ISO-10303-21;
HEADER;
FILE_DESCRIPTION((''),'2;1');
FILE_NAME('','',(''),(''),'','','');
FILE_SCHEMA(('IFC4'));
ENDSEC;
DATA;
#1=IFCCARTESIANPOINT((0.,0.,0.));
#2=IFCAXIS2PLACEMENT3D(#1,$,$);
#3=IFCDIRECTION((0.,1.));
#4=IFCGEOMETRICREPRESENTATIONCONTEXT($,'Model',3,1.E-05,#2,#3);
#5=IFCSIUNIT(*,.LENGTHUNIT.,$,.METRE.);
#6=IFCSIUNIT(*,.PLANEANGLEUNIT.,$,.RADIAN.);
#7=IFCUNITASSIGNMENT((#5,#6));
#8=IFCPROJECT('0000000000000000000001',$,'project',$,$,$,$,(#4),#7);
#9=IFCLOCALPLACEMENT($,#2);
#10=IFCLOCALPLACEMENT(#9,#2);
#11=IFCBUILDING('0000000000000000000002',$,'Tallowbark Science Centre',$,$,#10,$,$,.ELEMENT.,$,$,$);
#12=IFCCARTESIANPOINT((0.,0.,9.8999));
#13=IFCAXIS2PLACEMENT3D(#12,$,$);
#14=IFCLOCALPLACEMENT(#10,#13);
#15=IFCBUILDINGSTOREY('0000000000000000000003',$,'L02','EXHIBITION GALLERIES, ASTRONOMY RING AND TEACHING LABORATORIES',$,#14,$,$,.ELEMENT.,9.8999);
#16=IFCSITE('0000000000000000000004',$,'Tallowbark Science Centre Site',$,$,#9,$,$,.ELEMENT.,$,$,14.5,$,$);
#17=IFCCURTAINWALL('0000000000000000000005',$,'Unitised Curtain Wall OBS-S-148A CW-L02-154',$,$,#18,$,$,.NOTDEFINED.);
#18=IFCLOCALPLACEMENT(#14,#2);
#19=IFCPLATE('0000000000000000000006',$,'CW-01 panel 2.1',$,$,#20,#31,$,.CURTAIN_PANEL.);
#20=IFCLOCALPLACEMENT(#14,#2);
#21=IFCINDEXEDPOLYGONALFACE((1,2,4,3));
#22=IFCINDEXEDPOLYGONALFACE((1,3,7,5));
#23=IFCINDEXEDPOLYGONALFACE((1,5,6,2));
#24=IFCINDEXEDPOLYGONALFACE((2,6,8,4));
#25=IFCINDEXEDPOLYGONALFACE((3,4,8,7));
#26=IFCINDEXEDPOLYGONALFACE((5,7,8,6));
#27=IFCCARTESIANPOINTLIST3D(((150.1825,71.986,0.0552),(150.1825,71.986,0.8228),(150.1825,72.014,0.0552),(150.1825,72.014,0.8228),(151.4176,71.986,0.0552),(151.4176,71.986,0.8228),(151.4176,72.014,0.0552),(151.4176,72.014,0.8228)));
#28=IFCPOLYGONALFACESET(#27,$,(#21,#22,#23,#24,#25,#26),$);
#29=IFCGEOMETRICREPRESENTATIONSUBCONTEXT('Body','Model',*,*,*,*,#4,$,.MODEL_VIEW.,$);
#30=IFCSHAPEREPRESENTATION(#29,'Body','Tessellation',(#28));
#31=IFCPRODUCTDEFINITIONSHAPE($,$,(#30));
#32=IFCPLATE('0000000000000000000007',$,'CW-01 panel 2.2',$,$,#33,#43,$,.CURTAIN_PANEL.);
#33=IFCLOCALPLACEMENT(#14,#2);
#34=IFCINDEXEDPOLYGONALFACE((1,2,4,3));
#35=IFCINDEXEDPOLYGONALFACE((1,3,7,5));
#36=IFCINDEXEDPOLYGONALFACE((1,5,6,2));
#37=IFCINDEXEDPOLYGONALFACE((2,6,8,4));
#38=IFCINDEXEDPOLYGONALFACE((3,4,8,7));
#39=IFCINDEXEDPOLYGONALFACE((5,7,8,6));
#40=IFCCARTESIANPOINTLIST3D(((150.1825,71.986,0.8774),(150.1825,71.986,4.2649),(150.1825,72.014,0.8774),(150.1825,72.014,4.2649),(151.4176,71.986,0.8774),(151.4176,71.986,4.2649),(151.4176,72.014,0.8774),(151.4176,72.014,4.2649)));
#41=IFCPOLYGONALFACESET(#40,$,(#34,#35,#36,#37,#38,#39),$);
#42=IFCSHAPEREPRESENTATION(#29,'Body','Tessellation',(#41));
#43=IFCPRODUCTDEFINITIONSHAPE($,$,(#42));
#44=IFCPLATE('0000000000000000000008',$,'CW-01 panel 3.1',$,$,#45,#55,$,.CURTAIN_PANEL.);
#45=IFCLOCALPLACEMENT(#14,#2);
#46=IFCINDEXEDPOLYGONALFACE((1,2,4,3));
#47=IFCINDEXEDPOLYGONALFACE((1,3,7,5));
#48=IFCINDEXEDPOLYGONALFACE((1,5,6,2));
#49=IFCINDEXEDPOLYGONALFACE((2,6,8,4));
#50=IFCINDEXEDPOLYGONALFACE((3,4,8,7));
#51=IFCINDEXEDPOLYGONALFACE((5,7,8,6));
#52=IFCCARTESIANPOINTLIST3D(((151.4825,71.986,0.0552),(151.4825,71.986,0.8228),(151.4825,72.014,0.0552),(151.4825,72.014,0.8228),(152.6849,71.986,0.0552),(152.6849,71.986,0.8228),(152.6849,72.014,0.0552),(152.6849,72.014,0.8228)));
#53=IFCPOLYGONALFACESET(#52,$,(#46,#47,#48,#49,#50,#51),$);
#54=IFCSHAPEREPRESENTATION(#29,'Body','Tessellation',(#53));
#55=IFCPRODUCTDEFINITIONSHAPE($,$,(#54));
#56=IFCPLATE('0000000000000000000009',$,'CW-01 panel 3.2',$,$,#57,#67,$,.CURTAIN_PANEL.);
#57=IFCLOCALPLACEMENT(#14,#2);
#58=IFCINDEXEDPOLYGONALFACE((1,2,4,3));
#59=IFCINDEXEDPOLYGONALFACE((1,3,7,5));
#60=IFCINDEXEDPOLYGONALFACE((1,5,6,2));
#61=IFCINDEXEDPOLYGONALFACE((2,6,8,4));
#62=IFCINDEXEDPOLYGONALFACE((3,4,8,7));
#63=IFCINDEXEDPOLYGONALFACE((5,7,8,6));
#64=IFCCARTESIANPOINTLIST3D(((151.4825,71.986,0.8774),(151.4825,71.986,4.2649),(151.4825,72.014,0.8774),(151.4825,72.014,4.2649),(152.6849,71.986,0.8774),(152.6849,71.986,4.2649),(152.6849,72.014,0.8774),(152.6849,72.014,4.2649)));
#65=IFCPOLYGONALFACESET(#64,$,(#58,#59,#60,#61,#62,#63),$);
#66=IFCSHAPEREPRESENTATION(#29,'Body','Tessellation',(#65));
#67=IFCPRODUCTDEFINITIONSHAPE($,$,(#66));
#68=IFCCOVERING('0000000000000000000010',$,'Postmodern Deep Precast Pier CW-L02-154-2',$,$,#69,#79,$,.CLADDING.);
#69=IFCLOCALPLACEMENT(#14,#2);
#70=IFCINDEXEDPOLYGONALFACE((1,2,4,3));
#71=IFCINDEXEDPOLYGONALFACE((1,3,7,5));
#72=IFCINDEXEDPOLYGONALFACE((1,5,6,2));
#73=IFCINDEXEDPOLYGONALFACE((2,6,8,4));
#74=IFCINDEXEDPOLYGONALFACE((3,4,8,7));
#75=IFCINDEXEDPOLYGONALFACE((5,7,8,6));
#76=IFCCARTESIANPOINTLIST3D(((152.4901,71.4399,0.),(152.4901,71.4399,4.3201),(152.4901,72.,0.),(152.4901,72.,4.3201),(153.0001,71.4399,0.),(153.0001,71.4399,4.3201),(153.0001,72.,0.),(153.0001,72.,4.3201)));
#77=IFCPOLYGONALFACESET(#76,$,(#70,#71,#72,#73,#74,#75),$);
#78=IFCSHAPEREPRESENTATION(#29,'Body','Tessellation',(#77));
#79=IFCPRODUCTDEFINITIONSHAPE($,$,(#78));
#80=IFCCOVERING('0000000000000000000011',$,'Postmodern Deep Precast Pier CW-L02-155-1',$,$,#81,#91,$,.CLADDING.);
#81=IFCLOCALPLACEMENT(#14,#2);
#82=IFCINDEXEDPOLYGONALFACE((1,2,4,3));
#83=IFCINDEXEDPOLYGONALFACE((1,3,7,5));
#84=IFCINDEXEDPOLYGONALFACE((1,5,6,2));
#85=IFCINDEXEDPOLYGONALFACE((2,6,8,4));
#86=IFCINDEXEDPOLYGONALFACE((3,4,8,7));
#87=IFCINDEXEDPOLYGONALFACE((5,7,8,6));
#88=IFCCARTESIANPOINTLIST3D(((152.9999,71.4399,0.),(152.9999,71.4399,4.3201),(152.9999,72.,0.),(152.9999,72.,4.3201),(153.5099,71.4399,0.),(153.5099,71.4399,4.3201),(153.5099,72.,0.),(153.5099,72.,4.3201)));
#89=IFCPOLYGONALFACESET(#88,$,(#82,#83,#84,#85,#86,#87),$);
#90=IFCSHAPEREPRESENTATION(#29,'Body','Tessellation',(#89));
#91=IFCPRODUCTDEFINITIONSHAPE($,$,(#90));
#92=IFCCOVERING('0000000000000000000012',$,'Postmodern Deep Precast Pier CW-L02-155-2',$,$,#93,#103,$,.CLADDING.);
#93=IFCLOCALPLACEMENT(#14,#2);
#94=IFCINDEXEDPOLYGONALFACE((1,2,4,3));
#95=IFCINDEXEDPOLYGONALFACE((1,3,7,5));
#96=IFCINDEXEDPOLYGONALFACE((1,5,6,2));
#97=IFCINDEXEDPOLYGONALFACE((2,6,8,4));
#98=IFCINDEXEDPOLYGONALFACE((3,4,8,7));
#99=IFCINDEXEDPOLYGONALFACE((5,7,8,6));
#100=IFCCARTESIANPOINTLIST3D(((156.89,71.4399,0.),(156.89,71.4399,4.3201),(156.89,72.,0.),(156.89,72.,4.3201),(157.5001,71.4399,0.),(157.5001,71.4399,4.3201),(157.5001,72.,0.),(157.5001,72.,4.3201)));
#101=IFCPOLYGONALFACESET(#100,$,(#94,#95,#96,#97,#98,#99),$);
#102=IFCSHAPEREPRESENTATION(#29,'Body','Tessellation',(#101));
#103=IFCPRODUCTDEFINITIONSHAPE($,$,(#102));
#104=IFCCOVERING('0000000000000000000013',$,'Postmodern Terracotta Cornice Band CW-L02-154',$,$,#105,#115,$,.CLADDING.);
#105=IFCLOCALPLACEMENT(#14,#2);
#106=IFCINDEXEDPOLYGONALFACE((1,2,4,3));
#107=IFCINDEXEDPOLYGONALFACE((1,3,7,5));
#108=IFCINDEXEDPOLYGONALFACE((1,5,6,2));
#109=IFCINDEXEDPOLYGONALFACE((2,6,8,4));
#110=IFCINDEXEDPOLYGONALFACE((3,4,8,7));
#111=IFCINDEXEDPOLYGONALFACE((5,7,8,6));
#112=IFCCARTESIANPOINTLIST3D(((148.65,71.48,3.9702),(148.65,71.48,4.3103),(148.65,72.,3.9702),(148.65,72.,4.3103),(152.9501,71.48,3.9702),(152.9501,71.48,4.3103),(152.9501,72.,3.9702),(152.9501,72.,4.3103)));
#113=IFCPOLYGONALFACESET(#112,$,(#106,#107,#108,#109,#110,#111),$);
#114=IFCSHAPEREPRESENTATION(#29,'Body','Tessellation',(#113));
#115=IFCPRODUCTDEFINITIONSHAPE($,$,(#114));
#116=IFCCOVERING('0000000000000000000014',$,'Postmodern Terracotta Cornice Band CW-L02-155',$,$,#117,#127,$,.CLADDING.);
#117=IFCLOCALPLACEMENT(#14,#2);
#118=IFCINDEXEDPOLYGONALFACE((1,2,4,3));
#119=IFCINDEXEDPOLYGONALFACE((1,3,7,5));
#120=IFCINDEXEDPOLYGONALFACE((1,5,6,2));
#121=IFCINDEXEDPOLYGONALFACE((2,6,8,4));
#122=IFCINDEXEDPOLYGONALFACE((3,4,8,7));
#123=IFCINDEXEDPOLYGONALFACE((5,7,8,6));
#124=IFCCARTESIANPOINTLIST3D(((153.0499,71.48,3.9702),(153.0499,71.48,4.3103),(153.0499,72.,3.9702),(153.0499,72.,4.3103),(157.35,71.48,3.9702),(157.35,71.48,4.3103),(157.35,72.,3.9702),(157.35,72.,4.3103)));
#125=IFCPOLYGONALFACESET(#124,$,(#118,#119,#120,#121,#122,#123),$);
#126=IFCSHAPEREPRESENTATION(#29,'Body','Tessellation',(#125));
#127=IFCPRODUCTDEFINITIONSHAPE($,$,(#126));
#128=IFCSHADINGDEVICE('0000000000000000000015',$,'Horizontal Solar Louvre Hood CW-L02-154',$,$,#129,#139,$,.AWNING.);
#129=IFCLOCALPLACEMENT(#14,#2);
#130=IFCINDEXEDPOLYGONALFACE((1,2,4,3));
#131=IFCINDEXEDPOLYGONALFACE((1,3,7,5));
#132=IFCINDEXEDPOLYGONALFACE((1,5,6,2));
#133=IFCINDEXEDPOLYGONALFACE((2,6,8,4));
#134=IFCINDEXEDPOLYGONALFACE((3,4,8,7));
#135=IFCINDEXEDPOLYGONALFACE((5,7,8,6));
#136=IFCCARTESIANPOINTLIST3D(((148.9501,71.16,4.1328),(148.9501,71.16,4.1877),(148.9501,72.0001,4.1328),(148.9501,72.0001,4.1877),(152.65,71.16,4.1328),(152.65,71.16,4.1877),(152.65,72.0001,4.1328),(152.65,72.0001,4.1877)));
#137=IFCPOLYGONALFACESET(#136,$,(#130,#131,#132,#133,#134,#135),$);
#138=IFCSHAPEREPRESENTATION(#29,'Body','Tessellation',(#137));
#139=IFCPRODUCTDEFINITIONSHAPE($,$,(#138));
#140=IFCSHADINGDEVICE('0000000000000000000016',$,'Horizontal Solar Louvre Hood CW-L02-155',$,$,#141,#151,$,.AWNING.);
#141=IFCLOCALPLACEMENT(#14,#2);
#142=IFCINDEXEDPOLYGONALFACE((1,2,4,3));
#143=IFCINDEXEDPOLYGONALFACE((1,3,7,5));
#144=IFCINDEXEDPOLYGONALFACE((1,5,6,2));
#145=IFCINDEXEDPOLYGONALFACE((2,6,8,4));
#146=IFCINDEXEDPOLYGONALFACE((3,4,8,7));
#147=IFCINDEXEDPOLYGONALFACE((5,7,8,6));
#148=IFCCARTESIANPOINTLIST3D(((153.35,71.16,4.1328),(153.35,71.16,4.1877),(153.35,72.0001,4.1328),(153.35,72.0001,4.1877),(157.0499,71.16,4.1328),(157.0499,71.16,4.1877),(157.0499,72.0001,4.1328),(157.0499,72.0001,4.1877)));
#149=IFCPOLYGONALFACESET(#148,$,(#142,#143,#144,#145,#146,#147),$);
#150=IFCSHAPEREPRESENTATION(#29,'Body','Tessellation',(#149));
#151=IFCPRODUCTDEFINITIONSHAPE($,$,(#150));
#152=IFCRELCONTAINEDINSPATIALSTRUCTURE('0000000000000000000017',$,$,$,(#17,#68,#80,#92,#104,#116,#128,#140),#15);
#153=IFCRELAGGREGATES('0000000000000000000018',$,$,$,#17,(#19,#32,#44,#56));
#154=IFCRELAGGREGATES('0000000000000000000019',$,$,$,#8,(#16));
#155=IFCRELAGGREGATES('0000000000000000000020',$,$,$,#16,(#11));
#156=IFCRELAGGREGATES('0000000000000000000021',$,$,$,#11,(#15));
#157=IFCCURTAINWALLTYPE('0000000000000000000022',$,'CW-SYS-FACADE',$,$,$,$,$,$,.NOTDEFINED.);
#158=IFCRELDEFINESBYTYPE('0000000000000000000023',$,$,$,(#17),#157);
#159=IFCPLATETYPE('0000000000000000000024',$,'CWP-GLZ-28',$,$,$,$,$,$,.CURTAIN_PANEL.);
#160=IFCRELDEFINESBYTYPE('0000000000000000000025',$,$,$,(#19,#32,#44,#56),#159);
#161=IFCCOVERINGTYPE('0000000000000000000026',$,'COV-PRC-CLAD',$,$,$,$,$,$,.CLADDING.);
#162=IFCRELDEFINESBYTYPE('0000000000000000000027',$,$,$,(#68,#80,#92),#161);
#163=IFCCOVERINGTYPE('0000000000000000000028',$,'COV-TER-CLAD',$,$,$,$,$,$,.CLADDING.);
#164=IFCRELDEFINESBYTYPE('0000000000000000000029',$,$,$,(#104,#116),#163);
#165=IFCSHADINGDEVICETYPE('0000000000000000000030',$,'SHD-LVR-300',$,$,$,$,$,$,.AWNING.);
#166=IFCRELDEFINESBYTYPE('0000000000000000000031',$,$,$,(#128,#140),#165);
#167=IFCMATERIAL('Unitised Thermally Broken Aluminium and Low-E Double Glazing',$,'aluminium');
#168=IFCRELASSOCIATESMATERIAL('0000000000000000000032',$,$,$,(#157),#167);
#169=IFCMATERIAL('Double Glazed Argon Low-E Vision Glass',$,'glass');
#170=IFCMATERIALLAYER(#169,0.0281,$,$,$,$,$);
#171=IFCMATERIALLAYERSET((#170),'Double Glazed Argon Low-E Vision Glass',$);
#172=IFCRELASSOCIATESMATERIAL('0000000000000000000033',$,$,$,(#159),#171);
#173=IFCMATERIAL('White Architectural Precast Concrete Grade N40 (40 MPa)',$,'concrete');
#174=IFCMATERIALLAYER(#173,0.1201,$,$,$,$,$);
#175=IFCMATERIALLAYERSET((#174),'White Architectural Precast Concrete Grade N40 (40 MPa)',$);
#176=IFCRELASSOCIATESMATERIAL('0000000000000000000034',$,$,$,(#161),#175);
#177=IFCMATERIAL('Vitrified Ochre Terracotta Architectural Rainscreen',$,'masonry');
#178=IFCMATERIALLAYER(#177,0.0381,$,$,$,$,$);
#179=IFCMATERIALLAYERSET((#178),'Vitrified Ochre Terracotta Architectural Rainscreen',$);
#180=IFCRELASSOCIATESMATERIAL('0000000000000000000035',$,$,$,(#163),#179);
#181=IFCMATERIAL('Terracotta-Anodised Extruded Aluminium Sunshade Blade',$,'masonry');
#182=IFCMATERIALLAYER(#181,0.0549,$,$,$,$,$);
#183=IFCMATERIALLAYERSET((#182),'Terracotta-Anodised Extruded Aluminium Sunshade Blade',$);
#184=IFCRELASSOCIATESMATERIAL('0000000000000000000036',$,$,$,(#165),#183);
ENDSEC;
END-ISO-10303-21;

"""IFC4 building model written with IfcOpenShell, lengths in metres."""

from ifc_helpers import new_model, si_unit, direction, frame, origin, origin_2d, place, context, subcontext, project, spatial, rectangle, extrude, material, layer, layer_set, type_object, element, aggregate, save


model = new_model("IFC4")

# Units and contexts
model_context = context("Model", 3, precision=1e-05, world=origin(), true_north=direction((0.0, 1.0)))
body_context = subcontext(model_context, "Body", "Model", "MODEL_VIEW")
ifc_project = project(units=[si_unit("LENGTHUNIT", "METRE"), si_unit("PLANEANGLEUNIT", "RADIAN")], contexts=[model_context])

# Site, building, storey
site_placement = place(None, origin())
site = spatial("IfcSite", under=ifc_project, at=site_placement, Name="Tallowbark Science Centre Site", CompositionType="ELEMENT", RefElevation=14.5)
building_placement = place(site_placement, origin())
building = spatial("IfcBuilding", under=site, at=building_placement, Name="Tallowbark Science Centre", CompositionType="ELEMENT")
storey_placement = place(building_placement, frame((0.0, 0.0, 9.8999)))
storey = spatial("IfcBuildingStorey", under=building, at=storey_placement, Name="L02", Description="EXHIBITION GALLERIES, ASTRONOMY RING AND TEACHING LABORATORIES", CompositionType="ELEMENT", Elevation=9.8999)

# Curtain wall, plates
ifc_material_1 = material(Name="Unitised Thermally Broken Aluminium and Low-E Double Glazing", Category="aluminium")
curtain_wall_type = type_object("IfcCurtainWallType", Name="CW-SYS-FACADE", PredefinedType="NOTDEFINED", material=ifc_material_1)
curtain_wall_placement = place(storey_placement, origin())
curtain_wall = element("IfcCurtainWall", 1, at=curtain_wall_placement, inside=storey, type_object=curtain_wall_type, Name="Unitised Curtain Wall OBS-S-148A CW-L02-154", PredefinedType="NOTDEFINED")
ifc_material_2 = material(Name="Double Glazed Argon Low-E Vision Glass", Category="glass")
ifc_layer_1 = layer(ifc_material_2, 0.0281)
ifc_layer_set_1 = layer_set([ifc_layer_1], Name="Double Glazed Argon Low-E Vision Glass")
plate_type = type_object("IfcPlateType", Name="CWP-GLZ-28", PredefinedType="CURTAIN_PANEL", material=ifc_layer_set_1)
plate_1_placement = place(storey_placement, frame((150.8, 72.0, 0.0552), z_axis=(0.0, 0.0, 1.0), x_axis=(1.0, 0.0, 0.0)))
plate_1 = element("IfcPlate", 2, at=plate_1_placement, type_object=plate_type, Name="CW-01 panel 2.1", PredefinedType="CURTAIN_PANEL", context=body_context, shape_type="SweptSolid", body=[
    extrude(rectangle(XDim=1.2351, YDim=0.0281, at=origin_2d()), origin(), (0.0, 0.0, 1.0), 0.7676),
])
plate_2_placement = place(storey_placement, frame((150.8, 72.0, 0.8774), z_axis=(0.0, 0.0, 1.0), x_axis=(1.0, 0.0, 0.0)))
plate_2 = element("IfcPlate", 3, at=plate_2_placement, type_object=plate_type, Name="CW-01 panel 2.2", PredefinedType="CURTAIN_PANEL", context=body_context, shape_type="SweptSolid", body=[
    extrude(rectangle(XDim=1.2351, YDim=0.0281, at=origin_2d()), origin(), (0.0, 0.0, 1.0), 3.3875),
])
plate_3_placement = place(storey_placement, frame((152.0837, 72.0, 0.0552), z_axis=(0.0, 0.0, 1.0), x_axis=(1.0, 0.0, 0.0)))
plate_3 = element("IfcPlate", 4, at=plate_3_placement, type_object=plate_type, Name="CW-01 panel 3.1", PredefinedType="CURTAIN_PANEL", context=body_context, shape_type="SweptSolid", body=[
    extrude(rectangle(XDim=1.2024, YDim=0.0281, at=origin_2d()), origin(), (0.0, 0.0, 1.0), 0.7676),
])
plate_4_placement = place(storey_placement, frame((152.0837, 72.0, 0.8774), z_axis=(0.0, 0.0, 1.0), x_axis=(1.0, 0.0, 0.0)))
plate_4 = element("IfcPlate", 5, at=plate_4_placement, type_object=plate_type, Name="CW-01 panel 3.2", PredefinedType="CURTAIN_PANEL", context=body_context, shape_type="SweptSolid", body=[
    extrude(rectangle(XDim=1.2024, YDim=0.0281, at=origin_2d()), origin(), (0.0, 0.0, 1.0), 3.3875),
])
aggregate(curtain_wall, [plate_1, plate_2, plate_3, plate_4])

# Coverings
ifc_material_3 = material(Name="White Architectural Precast Concrete Grade N40 (40 MPa)", Category="concrete")
ifc_layer_2 = layer(ifc_material_3, 0.1201)
ifc_layer_set_2 = layer_set([ifc_layer_2], Name="White Architectural Precast Concrete Grade N40 (40 MPa)")
covering_type_1 = type_object("IfcCoveringType", Name="COV-PRC-CLAD", PredefinedType="CLADDING", material=ifc_layer_set_2)
for number, where, z_axis, x_axis, name in (
    (6, (152.7451, 71.72, 0.0), (0.0, 0.0, 1.0), (1.0, 0.0, 0.0), "Postmodern Deep Precast Pier CW-L02-154-2"),
    (7, (153.2549, 71.72, 0.0), (0.0, 0.0, 1.0), (1.0, 0.0, 0.0), "Postmodern Deep Precast Pier CW-L02-155-1"),
):
    element("IfcCovering", number, at=place(storey_placement, frame(where, z_axis=z_axis, x_axis=x_axis)), inside=storey, type_object=covering_type_1, Name=name, PredefinedType="CLADDING", context=body_context, shape_type="SweptSolid", body=[
        extrude(rectangle(XDim=0.51, YDim=0.5601, at=origin_2d()), origin(), (0.0, 0.0, 1.0), 4.3201),
    ])
covering_placement = place(storey_placement, frame((157.1951, 71.72, 0.0), z_axis=(0.0, 0.0, 1.0), x_axis=(1.0, 0.0, 0.0)))
element("IfcCovering", 8, at=covering_placement, inside=storey, type_object=covering_type_1, Name="Postmodern Deep Precast Pier CW-L02-155-2", PredefinedType="CLADDING", context=body_context, shape_type="SweptSolid", body=[
    extrude(rectangle(XDim=0.6101, YDim=0.5601, at=origin_2d()), origin(), (0.0, 0.0, 1.0), 4.3201),
])
ifc_material_4 = material(Name="Vitrified Ochre Terracotta Architectural Rainscreen", Category="masonry")
ifc_layer_3 = layer(ifc_material_4, 0.0381)
ifc_layer_set_3 = layer_set([ifc_layer_3], Name="Vitrified Ochre Terracotta Architectural Rainscreen")
covering_type_2 = type_object("IfcCoveringType", Name="COV-TER-CLAD", PredefinedType="CLADDING", material=ifc_layer_set_3)
for number, where, z_axis, x_axis, name in (
    (9, (150.8, 71.74, 3.9702), (0.0, 0.0, 1.0), (1.0, 0.0, 0.0), "Postmodern Terracotta Cornice Band CW-L02-154"),
    (10, (155.2, 71.74, 3.9702), (0.0, 0.0, 1.0), (1.0, 0.0, 0.0), "Postmodern Terracotta Cornice Band CW-L02-155"),
):
    element("IfcCovering", number, at=place(storey_placement, frame(where, z_axis=z_axis, x_axis=x_axis)), inside=storey, type_object=covering_type_2, Name=name, PredefinedType="CLADDING", context=body_context, shape_type="SweptSolid", body=[
        extrude(rectangle(XDim=4.3, YDim=0.52, at=origin_2d()), origin(), (0.0, 0.0, 1.0), 0.3401),
    ])

# Shading devices
ifc_material_5 = material(Name="Terracotta-Anodised Extruded Aluminium Sunshade Blade", Category="masonry")
ifc_layer_4 = layer(ifc_material_5, 0.0549)
ifc_layer_set_4 = layer_set([ifc_layer_4], Name="Terracotta-Anodised Extruded Aluminium Sunshade Blade")
shading_device_type = type_object("IfcShadingDeviceType", Name="SHD-LVR-300", PredefinedType="AWNING", material=ifc_layer_set_4)
for number, where, z_axis, x_axis, name in (
    (11, (150.8, 71.5801, 4.1328), (0.0, 0.0, 1.0), (1.0, 0.0, 0.0), "Horizontal Solar Louvre Hood CW-L02-154"),
    (12, (155.2, 71.5801, 4.1328), (0.0, 0.0, 1.0), (1.0, 0.0, 0.0), "Horizontal Solar Louvre Hood CW-L02-155"),
):
    element("IfcShadingDevice", number, at=place(storey_placement, frame(where, z_axis=z_axis, x_axis=x_axis)), inside=storey, type_object=shading_device_type, Name=name, PredefinedType="AWNING", context=body_context, shape_type="SweptSolid", body=[
        extrude(rectangle(XDim=3.7, YDim=0.8401, at=origin_2d()), origin(), (0.0, 0.0, 1.0), 0.0549),
    ])

save(model, "model.ifc")
